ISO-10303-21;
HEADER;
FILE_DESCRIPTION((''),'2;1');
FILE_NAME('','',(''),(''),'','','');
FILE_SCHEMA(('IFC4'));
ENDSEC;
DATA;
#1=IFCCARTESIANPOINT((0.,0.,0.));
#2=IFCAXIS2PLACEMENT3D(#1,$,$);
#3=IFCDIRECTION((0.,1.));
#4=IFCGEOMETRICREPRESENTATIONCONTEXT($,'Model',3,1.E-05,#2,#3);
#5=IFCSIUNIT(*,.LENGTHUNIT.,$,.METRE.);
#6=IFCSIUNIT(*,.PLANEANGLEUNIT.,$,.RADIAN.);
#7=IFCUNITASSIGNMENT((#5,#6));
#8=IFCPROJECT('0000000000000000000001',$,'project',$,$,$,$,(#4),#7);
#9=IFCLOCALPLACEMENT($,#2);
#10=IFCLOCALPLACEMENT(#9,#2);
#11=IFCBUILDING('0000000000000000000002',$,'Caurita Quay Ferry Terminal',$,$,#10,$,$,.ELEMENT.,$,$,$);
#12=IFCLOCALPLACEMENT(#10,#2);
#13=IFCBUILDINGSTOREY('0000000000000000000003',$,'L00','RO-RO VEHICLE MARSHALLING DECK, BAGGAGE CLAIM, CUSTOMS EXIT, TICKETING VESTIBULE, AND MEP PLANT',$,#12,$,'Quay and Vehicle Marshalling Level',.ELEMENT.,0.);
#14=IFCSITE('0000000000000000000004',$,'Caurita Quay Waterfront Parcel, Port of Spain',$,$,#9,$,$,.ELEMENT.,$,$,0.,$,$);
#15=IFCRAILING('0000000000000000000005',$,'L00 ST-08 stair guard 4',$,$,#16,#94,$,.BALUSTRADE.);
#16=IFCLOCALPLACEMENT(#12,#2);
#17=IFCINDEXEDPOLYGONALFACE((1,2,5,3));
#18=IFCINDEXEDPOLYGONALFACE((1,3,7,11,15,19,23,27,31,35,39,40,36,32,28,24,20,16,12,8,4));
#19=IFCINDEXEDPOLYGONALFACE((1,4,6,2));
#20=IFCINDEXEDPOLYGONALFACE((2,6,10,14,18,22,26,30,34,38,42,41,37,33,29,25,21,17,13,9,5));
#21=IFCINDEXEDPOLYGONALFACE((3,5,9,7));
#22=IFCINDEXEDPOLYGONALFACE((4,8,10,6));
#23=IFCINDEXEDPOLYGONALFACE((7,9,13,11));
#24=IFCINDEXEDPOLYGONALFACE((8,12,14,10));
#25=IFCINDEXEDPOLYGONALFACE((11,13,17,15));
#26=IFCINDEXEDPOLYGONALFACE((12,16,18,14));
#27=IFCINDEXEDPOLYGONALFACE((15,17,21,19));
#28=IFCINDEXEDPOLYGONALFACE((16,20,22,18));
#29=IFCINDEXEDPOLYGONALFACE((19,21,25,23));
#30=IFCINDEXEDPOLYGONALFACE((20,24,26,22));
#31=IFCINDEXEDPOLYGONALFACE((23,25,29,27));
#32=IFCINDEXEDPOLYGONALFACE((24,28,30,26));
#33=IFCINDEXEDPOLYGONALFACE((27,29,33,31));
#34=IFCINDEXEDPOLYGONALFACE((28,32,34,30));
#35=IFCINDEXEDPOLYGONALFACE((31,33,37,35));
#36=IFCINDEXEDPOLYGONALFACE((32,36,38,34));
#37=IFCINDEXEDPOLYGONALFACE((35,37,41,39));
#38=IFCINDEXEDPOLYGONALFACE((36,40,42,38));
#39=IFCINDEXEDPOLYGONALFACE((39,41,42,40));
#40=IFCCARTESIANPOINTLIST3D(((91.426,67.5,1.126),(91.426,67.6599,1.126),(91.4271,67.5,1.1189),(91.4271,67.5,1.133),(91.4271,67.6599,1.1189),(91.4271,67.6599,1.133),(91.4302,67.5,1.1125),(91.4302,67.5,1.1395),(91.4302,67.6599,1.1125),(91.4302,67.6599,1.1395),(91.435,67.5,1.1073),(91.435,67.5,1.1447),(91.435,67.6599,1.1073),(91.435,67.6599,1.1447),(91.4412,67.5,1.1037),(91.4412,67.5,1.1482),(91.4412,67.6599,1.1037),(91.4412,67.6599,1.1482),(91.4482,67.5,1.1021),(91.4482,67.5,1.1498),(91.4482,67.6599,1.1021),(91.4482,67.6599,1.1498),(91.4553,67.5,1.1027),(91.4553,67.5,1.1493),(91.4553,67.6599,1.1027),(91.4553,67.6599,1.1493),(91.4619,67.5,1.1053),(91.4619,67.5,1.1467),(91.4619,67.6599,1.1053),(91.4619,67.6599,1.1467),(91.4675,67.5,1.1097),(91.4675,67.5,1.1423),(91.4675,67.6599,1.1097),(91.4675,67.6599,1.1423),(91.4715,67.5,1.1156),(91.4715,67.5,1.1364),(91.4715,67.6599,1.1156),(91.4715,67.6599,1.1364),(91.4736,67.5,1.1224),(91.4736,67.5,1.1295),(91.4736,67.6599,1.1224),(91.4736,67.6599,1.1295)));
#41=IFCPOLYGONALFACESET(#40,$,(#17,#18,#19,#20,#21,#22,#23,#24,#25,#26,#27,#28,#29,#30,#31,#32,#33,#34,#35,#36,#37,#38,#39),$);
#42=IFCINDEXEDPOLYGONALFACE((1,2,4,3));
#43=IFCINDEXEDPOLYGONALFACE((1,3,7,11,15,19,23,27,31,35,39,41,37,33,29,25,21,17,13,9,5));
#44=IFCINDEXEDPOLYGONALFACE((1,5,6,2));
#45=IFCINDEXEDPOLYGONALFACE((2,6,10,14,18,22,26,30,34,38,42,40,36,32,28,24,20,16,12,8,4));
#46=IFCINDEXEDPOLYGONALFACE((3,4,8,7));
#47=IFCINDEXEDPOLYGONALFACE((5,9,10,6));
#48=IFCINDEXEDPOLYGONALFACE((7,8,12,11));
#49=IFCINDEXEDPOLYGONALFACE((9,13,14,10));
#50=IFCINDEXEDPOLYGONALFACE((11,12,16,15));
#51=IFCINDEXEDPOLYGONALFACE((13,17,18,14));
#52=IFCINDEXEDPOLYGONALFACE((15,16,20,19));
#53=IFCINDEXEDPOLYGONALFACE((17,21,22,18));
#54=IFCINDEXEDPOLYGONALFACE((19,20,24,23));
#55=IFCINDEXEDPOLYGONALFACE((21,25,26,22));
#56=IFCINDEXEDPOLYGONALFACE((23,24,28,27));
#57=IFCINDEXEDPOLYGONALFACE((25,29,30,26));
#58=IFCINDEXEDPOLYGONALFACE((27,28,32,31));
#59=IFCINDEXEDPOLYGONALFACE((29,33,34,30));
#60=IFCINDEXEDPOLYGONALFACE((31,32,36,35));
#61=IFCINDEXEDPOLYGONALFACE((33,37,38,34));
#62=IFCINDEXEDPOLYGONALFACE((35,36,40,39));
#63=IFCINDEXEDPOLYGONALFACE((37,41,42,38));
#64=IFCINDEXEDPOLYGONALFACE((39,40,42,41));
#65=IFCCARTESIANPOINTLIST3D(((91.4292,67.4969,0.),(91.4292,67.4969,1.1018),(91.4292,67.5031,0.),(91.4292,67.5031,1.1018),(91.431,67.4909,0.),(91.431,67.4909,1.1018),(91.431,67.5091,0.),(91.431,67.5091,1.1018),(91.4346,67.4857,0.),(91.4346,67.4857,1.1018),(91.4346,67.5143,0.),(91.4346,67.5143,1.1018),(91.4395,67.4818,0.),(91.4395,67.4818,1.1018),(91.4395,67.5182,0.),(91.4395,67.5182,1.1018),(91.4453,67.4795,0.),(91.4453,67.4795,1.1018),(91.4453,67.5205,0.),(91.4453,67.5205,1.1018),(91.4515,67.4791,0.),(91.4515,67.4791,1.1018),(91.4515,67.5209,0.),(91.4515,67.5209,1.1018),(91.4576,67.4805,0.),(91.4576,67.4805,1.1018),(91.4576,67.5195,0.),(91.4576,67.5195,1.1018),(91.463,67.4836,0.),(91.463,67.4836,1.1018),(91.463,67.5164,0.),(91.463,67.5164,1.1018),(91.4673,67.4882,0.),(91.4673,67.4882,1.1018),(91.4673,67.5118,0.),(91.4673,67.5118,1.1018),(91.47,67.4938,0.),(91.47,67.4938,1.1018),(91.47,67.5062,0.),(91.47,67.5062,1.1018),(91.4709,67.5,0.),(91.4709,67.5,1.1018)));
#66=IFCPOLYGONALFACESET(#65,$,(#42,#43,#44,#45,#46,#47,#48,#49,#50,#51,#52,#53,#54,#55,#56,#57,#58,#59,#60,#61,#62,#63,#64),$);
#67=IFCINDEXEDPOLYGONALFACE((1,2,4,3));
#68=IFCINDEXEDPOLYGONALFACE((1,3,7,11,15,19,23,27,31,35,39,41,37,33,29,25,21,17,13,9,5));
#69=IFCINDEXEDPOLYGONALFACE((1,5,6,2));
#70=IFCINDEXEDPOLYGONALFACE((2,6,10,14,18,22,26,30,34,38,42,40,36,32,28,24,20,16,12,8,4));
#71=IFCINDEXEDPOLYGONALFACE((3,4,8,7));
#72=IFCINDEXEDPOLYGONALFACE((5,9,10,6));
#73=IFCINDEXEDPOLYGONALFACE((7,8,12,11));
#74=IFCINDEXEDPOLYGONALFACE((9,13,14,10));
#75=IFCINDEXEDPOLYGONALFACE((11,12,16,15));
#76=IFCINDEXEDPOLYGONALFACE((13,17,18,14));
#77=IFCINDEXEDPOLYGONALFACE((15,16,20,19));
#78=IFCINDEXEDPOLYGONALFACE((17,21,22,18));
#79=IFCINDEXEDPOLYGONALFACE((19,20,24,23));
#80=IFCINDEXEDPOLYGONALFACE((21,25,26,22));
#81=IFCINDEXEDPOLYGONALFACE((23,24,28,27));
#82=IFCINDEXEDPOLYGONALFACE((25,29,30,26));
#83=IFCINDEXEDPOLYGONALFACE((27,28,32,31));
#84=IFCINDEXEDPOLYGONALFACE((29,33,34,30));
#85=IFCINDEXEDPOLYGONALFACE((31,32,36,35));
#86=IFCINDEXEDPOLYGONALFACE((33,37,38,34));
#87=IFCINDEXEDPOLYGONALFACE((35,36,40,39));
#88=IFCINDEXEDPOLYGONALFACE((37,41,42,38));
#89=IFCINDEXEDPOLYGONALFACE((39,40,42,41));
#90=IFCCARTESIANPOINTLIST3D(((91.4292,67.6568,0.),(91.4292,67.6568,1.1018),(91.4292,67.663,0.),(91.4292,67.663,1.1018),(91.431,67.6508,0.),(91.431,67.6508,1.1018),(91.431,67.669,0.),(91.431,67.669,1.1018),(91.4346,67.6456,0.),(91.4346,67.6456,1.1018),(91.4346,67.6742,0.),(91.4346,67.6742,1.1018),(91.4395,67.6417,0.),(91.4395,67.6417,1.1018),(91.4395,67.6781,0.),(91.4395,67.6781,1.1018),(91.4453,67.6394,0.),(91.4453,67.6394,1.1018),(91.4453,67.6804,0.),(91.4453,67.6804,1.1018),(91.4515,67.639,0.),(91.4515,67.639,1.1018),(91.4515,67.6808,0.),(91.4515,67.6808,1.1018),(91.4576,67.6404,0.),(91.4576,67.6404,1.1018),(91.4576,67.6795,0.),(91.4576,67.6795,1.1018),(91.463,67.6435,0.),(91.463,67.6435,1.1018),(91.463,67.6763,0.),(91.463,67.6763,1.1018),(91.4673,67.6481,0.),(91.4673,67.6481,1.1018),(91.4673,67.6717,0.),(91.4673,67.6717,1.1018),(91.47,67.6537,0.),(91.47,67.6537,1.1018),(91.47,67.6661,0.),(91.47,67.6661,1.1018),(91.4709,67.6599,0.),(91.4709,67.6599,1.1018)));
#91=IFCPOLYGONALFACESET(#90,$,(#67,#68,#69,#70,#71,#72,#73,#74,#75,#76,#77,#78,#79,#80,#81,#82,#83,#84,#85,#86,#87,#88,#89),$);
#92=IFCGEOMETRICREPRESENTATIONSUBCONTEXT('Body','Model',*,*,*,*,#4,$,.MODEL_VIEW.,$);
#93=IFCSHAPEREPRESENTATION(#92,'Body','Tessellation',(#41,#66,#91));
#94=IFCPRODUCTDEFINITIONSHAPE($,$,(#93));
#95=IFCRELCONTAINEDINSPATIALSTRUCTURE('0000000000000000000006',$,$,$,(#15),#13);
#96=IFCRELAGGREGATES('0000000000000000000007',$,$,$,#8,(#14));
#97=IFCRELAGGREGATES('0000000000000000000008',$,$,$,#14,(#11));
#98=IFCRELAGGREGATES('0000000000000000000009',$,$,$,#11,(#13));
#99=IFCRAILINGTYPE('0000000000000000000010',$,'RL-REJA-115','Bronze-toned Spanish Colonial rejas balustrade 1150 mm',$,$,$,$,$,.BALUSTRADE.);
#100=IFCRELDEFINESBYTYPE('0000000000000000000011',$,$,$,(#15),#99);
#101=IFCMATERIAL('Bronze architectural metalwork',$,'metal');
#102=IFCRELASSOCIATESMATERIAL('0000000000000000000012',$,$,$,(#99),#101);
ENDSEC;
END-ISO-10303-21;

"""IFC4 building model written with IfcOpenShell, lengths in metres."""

from ifc_helpers import new_model, si_unit, direction, frame, origin, origin_2d, place, context, subcontext, project, spatial, circle, extrude, material, type_object, element, save


model = new_model("IFC4")

# Units and contexts
model_context = context("Model", 3, precision=1e-05, world=origin(), true_north=direction((0.0, 1.0)))
body_context = subcontext(model_context, "Body", "Model", "MODEL_VIEW")
ifc_project = project(units=[si_unit("LENGTHUNIT", "METRE"), si_unit("PLANEANGLEUNIT", "RADIAN")], contexts=[model_context])

# Site, building, storey
site_placement = place(None, origin())
site = spatial("IfcSite", under=ifc_project, at=site_placement, Name="Caurita Quay Waterfront Parcel, Port of Spain", CompositionType="ELEMENT", RefElevation=0.0)
building_placement = place(site_placement, origin())
building = spatial("IfcBuilding", under=site, at=building_placement, Name="Caurita Quay Ferry Terminal", CompositionType="ELEMENT")
storey_placement = place(building_placement, origin())
storey = spatial("IfcBuildingStorey", under=building, at=storey_placement, Name="L00", Description="RO-RO VEHICLE MARSHALLING DECK, BAGGAGE CLAIM, CUSTOMS EXIT, TICKETING VESTIBULE, AND MEP PLANT", LongName="Quay and Vehicle Marshalling Level", CompositionType="ELEMENT", Elevation=0.0)

# Railing
ifc_material_1 = material(Name="Bronze architectural metalwork", Category="metal")
railing_type_1 = type_object("IfcRailingType", Name="RL-REJA-115", Description="Bronze-toned Spanish Colonial rejas balustrade 1150 mm", PredefinedType="BALUSTRADE", material=ifc_material_1)
railing_1_placement = place(storey_placement, frame((91.45, 67.5, 0.0)))
element("IfcRailing", 1, at=railing_1_placement, inside=storey, type_object=railing_type_1, Name="L00 ST-08 stair guard 4", PredefinedType="BALUSTRADE", context=body_context, shape_type="SweptSolid", body=[
    extrude(circle(Radius=0.0239, at=origin_2d()), frame((0.0, 0.0, 1.126), z_axis=(0.0, 1.0, 0.0), x_axis=(-1.0, 0.0, 0.0)), (0.0, 0.0, 1.0), 0.1599),
    extrude(circle(Radius=0.021, at=origin_2d()), origin(), (0.0, 0.0, 1.0), 1.1018),
    extrude(circle(Radius=0.021, at=origin_2d()), frame((0.0, 0.1599, 0.0)), (0.0, 0.0, 1.0), 1.1018),
])

save(model, "model.ifc")
